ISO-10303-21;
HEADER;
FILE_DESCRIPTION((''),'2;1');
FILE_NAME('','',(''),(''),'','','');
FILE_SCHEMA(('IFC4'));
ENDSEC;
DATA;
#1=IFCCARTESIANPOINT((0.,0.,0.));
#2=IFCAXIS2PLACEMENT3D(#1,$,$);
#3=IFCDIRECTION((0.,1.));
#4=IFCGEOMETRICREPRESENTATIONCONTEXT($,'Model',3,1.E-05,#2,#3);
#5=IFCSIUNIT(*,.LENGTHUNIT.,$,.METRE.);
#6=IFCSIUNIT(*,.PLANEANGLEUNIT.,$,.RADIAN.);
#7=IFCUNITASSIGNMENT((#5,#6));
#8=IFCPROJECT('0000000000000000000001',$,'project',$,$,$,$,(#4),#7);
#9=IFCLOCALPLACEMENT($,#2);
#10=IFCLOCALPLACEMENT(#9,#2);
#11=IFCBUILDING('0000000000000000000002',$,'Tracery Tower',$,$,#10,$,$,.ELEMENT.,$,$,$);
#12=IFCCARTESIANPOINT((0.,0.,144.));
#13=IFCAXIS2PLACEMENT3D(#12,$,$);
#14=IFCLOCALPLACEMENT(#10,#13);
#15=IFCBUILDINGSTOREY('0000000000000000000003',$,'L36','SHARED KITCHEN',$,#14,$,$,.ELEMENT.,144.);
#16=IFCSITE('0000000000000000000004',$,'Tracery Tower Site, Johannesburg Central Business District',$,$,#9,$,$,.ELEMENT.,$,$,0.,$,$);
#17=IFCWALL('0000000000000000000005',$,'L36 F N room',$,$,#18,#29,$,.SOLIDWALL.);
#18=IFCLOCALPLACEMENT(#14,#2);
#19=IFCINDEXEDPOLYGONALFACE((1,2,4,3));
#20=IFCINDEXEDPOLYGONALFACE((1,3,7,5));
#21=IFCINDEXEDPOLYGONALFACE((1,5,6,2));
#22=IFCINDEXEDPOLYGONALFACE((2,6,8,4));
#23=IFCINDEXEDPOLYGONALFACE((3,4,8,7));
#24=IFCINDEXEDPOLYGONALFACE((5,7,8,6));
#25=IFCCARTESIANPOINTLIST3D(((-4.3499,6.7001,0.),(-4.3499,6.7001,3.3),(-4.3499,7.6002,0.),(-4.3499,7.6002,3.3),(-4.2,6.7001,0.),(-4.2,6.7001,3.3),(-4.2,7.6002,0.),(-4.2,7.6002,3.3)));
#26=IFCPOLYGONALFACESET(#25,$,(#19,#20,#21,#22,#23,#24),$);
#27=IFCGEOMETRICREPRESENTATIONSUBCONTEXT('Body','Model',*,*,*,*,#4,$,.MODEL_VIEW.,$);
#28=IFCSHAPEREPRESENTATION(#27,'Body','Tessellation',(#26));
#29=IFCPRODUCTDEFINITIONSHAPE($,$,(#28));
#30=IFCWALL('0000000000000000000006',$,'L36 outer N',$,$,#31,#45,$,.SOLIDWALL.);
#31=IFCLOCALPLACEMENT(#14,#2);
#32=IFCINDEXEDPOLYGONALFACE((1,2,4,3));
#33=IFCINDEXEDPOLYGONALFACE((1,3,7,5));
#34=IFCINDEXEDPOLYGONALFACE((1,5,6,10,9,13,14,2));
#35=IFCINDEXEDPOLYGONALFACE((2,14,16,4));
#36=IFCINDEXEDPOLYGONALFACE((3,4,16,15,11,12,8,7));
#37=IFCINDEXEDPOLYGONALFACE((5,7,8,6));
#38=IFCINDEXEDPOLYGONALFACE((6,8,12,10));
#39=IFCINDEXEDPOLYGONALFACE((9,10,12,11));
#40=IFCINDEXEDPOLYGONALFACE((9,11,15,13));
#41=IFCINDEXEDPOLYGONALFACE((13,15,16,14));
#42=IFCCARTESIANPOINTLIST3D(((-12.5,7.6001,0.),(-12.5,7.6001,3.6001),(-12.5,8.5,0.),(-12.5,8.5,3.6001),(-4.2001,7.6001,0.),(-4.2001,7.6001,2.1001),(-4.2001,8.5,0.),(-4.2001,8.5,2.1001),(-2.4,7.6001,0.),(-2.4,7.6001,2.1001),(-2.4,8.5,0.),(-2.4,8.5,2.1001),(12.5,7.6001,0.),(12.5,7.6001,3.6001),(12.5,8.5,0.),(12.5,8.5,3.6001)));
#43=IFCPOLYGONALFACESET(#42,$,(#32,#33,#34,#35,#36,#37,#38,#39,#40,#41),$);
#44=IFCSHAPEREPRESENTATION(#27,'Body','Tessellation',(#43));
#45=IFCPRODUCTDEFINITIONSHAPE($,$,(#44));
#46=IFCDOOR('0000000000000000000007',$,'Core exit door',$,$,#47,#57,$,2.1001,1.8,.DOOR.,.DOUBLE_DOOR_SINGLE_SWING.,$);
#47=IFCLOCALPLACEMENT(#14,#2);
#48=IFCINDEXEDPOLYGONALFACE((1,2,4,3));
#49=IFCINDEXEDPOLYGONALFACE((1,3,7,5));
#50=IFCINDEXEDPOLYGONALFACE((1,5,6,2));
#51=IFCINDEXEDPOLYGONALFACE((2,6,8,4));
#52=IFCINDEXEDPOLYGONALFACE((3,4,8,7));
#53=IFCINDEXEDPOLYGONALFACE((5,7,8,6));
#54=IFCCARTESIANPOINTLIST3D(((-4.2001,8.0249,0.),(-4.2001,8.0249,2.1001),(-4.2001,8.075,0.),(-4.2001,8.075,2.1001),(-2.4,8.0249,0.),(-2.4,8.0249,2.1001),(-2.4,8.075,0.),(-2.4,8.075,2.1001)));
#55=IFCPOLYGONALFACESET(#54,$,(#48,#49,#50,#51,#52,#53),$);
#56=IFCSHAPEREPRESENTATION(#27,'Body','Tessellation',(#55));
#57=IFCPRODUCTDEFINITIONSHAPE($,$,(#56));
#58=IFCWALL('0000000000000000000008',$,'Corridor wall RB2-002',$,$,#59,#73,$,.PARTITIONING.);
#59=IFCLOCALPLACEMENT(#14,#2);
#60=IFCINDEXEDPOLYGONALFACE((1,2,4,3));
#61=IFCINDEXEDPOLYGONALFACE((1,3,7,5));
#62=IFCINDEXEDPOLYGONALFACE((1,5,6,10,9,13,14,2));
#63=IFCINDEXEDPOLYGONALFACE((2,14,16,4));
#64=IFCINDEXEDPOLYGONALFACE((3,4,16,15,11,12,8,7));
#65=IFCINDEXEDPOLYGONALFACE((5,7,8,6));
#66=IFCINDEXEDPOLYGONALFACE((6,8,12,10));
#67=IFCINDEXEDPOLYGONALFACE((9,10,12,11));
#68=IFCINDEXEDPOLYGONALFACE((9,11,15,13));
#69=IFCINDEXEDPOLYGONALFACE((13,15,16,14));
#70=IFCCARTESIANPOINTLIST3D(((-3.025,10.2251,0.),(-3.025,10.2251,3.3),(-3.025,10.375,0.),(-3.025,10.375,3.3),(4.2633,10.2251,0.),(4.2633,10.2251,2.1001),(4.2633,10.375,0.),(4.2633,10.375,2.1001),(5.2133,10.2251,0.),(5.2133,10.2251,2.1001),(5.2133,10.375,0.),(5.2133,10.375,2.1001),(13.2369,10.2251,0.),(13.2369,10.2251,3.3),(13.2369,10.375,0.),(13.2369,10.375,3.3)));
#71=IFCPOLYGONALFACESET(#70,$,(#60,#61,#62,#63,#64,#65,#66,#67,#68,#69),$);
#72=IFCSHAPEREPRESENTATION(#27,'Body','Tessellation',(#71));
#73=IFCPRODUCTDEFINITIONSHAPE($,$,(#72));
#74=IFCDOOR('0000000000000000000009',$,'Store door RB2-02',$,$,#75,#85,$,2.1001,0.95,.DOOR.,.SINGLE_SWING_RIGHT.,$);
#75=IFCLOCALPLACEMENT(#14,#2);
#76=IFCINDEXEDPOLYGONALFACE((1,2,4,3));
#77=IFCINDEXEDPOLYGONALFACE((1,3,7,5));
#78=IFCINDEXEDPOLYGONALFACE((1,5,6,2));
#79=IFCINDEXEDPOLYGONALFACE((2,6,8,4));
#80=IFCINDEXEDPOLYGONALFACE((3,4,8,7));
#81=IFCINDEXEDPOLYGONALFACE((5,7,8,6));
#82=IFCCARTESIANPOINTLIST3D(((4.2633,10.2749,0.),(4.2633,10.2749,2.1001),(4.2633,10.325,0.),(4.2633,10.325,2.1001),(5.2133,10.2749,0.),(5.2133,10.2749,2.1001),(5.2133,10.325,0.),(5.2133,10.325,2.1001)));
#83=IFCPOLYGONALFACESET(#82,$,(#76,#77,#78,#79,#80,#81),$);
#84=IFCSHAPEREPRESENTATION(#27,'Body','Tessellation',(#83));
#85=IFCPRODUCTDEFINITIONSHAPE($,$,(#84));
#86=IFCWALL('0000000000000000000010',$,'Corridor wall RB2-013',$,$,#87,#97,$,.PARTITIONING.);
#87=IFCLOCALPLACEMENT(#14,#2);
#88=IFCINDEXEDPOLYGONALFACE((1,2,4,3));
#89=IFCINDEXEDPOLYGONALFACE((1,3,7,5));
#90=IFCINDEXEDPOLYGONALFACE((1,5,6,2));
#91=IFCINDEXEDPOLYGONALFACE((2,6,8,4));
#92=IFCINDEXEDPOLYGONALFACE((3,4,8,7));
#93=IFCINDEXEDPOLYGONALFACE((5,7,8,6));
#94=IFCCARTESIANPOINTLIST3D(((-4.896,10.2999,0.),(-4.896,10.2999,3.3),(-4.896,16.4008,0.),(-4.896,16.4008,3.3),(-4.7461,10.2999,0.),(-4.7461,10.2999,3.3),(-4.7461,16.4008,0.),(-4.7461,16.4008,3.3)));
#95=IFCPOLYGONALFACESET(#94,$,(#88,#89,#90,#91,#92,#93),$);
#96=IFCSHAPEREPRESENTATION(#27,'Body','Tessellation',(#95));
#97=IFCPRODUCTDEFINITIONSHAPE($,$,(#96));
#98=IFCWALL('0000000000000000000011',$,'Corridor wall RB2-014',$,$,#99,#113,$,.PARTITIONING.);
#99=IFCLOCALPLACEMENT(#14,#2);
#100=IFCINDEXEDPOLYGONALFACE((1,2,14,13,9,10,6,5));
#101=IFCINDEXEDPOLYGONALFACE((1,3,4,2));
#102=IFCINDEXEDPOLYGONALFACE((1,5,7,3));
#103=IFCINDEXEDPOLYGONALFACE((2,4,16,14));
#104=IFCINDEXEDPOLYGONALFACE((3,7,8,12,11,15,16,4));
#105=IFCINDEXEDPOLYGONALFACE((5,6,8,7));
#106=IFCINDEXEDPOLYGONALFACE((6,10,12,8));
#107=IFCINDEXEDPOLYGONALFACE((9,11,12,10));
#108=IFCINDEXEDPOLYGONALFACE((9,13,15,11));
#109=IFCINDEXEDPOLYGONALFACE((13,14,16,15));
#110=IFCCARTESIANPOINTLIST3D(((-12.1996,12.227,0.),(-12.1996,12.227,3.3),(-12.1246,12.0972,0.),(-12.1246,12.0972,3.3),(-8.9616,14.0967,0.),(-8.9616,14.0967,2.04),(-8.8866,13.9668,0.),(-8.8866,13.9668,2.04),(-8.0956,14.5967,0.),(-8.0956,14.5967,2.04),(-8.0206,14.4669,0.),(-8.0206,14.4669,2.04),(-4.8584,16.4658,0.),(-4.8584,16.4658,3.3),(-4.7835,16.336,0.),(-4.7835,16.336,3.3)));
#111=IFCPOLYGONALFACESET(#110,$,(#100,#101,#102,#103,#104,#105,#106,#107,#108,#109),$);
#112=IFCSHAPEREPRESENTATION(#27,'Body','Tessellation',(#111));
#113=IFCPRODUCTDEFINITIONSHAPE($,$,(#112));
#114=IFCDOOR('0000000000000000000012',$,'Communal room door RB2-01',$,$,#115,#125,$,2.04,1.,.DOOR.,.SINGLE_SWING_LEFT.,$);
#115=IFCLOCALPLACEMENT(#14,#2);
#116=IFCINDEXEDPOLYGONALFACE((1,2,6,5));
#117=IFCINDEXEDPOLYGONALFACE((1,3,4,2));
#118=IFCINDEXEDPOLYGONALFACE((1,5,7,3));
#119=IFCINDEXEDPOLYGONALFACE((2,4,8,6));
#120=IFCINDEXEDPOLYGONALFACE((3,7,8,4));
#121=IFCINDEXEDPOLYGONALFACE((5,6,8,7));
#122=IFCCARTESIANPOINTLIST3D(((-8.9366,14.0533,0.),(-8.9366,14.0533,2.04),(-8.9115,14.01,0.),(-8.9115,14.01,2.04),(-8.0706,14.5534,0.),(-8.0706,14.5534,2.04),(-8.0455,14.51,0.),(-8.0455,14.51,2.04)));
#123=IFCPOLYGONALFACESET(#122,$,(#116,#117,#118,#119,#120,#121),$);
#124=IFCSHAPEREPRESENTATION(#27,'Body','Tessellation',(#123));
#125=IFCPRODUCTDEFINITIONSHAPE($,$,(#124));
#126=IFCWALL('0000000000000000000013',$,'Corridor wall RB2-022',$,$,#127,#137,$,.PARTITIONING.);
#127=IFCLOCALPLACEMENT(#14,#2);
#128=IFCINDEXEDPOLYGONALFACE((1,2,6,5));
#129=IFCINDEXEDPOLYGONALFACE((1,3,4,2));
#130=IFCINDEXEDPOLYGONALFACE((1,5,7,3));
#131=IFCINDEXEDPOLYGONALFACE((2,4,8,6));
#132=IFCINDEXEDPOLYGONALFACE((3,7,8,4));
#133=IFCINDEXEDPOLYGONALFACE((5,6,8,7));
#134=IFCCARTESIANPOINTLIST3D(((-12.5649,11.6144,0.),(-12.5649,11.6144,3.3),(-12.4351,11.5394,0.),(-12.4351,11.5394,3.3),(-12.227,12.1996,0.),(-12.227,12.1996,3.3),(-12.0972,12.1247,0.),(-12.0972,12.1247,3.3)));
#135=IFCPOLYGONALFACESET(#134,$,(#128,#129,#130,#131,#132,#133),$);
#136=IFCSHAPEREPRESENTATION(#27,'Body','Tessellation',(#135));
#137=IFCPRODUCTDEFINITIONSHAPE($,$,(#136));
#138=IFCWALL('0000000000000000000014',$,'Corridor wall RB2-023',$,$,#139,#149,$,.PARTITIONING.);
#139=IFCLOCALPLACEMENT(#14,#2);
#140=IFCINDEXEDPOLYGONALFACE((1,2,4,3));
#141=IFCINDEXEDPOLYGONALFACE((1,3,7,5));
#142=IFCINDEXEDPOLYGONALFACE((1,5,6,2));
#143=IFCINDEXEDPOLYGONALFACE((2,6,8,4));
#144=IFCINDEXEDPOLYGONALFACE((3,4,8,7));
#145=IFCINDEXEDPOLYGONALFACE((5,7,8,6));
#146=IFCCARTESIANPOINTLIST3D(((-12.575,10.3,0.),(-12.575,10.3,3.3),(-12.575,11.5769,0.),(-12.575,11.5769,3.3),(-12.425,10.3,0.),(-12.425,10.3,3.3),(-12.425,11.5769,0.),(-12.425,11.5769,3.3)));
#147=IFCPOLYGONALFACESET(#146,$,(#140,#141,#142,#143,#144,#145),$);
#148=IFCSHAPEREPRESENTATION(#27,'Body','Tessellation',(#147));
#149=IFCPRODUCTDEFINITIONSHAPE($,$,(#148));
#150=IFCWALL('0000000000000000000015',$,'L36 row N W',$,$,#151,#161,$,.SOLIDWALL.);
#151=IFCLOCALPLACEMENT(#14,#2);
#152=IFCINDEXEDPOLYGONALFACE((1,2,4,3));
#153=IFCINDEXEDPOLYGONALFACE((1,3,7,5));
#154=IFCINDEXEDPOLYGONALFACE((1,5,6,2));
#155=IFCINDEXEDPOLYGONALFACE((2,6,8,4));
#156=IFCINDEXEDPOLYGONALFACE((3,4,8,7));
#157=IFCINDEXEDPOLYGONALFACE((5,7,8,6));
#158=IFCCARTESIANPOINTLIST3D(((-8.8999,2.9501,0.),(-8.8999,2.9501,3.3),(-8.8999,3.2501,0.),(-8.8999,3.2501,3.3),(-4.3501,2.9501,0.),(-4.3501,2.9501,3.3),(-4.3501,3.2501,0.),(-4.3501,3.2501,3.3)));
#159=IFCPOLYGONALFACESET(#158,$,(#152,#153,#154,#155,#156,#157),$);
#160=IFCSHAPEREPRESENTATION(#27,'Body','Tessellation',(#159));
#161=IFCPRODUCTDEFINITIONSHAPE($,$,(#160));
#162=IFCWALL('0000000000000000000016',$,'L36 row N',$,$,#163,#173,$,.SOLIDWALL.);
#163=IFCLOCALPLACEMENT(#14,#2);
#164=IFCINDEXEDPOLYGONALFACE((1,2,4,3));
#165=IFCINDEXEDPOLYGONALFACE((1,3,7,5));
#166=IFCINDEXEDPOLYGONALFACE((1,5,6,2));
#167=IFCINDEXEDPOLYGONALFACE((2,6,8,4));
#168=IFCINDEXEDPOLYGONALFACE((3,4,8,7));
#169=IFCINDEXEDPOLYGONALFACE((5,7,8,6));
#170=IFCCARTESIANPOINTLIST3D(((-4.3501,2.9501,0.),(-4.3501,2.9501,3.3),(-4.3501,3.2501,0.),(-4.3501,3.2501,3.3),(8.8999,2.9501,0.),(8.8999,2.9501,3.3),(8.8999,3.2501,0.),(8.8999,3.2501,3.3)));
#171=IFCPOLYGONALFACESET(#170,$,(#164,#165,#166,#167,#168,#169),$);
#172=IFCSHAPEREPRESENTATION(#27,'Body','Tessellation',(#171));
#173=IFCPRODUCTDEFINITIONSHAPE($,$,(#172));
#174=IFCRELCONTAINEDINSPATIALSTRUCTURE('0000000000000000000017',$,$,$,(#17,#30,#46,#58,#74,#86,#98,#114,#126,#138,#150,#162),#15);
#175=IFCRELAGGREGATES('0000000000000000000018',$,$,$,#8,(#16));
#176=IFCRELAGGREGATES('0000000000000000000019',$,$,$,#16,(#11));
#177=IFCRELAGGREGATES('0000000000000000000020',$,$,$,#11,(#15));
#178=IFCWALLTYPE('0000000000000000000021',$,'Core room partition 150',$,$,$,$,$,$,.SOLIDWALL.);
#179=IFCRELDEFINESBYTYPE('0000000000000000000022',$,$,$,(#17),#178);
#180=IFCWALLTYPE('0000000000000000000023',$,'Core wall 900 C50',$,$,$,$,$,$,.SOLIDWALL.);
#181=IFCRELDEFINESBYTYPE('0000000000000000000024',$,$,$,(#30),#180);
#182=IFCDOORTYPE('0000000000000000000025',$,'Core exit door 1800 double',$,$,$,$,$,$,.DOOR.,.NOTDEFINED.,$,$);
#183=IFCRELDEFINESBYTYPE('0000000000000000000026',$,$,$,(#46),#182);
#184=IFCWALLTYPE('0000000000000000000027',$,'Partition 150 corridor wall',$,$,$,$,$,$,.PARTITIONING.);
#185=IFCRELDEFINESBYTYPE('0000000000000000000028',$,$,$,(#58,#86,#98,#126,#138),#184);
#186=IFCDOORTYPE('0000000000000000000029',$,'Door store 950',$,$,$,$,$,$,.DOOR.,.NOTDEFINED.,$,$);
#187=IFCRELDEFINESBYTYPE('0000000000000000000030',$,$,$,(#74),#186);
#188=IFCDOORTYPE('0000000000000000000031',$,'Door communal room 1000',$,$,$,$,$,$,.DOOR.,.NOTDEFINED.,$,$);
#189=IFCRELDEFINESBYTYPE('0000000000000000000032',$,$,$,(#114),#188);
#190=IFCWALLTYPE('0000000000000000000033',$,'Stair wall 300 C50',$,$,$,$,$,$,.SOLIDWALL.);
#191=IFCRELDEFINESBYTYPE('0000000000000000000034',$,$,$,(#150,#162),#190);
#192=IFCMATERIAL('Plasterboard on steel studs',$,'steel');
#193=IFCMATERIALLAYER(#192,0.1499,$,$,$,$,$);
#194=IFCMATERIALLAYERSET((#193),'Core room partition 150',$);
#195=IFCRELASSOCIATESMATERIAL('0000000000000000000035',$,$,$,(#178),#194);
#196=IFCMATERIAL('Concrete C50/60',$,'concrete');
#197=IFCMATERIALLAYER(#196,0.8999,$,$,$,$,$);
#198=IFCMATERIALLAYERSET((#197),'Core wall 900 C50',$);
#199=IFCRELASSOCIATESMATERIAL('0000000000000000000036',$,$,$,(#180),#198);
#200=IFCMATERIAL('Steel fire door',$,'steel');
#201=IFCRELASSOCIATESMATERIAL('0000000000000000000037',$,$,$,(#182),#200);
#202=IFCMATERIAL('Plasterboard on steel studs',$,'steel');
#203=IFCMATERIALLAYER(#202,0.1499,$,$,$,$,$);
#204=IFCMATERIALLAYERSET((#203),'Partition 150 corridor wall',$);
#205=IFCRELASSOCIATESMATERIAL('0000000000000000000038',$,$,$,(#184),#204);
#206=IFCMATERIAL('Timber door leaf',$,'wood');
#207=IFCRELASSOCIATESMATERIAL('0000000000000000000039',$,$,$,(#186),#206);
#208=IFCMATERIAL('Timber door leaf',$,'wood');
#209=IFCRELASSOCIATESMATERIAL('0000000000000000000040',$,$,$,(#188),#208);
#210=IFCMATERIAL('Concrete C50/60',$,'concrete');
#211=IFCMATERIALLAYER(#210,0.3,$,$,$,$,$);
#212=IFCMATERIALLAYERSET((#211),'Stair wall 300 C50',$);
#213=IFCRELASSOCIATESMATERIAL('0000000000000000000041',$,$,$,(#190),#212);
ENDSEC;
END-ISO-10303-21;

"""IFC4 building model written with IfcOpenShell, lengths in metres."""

from ifc_helpers import new_model, si_unit, direction, frame, frame_2d, origin, place, context, subcontext, project, spatial, rectangle, extrude, material, layer, layer_set, type_object, element, fill, save


model = new_model("IFC4")

# Units and contexts
model_context = context("Model", 3, precision=1e-05, world=origin(), true_north=direction((0.0, 1.0)))
body_context = subcontext(model_context, "Body", "Model", "MODEL_VIEW")
ifc_project = project(units=[si_unit("LENGTHUNIT", "METRE"), si_unit("PLANEANGLEUNIT", "RADIAN")], contexts=[model_context])

# Site, building, storey
site_placement = place(None, origin())
site = spatial("IfcSite", under=ifc_project, at=site_placement, Name="Tracery Tower Site, Johannesburg Central Business District", CompositionType="ELEMENT", RefElevation=0.0)
building_placement = place(site_placement, origin())
building = spatial("IfcBuilding", under=site, at=building_placement, Name="Tracery Tower", CompositionType="ELEMENT")
storey_placement = place(building_placement, frame((0.0, 0.0, 144.0)))
storey = spatial("IfcBuildingStorey", under=building, at=storey_placement, Name="L36", Description="SHARED KITCHEN", CompositionType="ELEMENT", Elevation=144.0)

# Wall
ifc_material_1 = material(Name="Plasterboard on steel studs", Category="steel")
ifc_layer_1 = layer(ifc_material_1, 0.1499)
ifc_layer_set_1 = layer_set([ifc_layer_1], Name="Core room partition 150")
wall_type_1 = type_object("IfcWallType", Name="Core room partition 150", PredefinedType="SOLIDWALL", material=ifc_layer_set_1)
wall_1_placement = place(storey_placement, frame((-4.2749, 6.7, 0.0), z_axis=(0.0, 0.0, 1.0), x_axis=(0.0, 1.0, 0.0)))
element("IfcWall", 1, at=wall_1_placement, inside=storey, type_object=wall_type_1, Name="L36 F N room", PredefinedType="SOLIDWALL", context=body_context, shape_type="SweptSolid", body=[
    extrude(rectangle(XDim=0.9001, YDim=0.1499, at=frame_2d((0.4502, 0.0))), origin(), (0.0, 0.0, 1.0), 3.3),
])

# Walls, openings, doors
ifc_material_2 = material(Name="Concrete C50/60", Category="concrete")
ifc_layer_2 = layer(ifc_material_2, 0.8999)
ifc_layer_set_2 = layer_set([ifc_layer_2], Name="Core wall 900 C50")
wall_type_2 = type_object("IfcWallType", Name="Core wall 900 C50", PredefinedType="SOLIDWALL", material=ifc_layer_set_2)
wall_2_placement = place(storey_placement, frame((-12.5, 8.05, 0.0), z_axis=(0.0, 0.0, 1.0), x_axis=(1.0, 0.0, 0.0)))
wall_2 = element("IfcWall", 2, at=wall_2_placement, inside=storey, type_object=wall_type_2, Name="L36 outer N", PredefinedType="SOLIDWALL", context=body_context, shape_type="SweptSolid", body=[
    extrude(rectangle(XDim=25.0, YDim=0.8999, at=frame_2d((12.5, 0.0))), origin(), (0.0, 0.0, 1.0), 3.6001),
])
opening_1_placement = place(wall_2_placement, frame((8.3, 0.0, 0.0)))
opening_1 = element("IfcOpeningElement", 3, at=opening_1_placement, cuts=wall_2, PredefinedType="OPENING", context=body_context, shape_type="SweptSolid", body=[
    extrude(rectangle(XDim=1.8, YDim=2.1001, at=frame_2d((0.8999, 1.05))), frame((0.0, 0.45, 0.0), z_axis=(0.0, -1.0, 0.0), x_axis=(1.0, 0.0, 0.0)), (0.0, 0.0, 1.0), 0.8999),
])
ifc_material_3 = material(Name="Steel fire door", Category="steel")
door_type_1 = type_object("IfcDoorType", Name="Core exit door 1800 double", OperationType="NOTDEFINED", PredefinedType="DOOR", material=ifc_material_3)
door_1_placement = place(opening_1_placement, origin())
door_1 = element("IfcDoor", 4, at=door_1_placement, inside=storey, type_object=door_type_1, Name="Core exit door", OperationType="DOUBLE_DOOR_SINGLE_SWING", OverallHeight=2.1001, OverallWidth=1.8, PredefinedType="DOOR", context=body_context, shape_type="SweptSolid", body=[
    extrude(rectangle(XDim=1.8, YDim=2.1001, at=frame_2d((0.8999, 1.05))), frame((0.0, 0.0249, 0.0), z_axis=(0.0, -1.0, 0.0), x_axis=(1.0, 0.0, 0.0)), (0.0, 0.0, 1.0), 0.05),
])
fill(opening_1, door_1)
ifc_material_4 = material(Name="Plasterboard on steel studs", Category="steel")
ifc_layer_3 = layer(ifc_material_4, 0.1499)
ifc_layer_set_3 = layer_set([ifc_layer_3], Name="Partition 150 corridor wall")
wall_type_3 = type_object("IfcWallType", Name="Partition 150 corridor wall", PredefinedType="PARTITIONING", material=ifc_layer_set_3)
wall_3_placement = place(storey_placement, frame((-3.0249, 10.3, 0.0), z_axis=(0.0, 0.0, 1.0), x_axis=(1.0, 0.0, 0.0)))
wall_3 = element("IfcWall", 5, at=wall_3_placement, inside=storey, type_object=wall_type_3, Name="Corridor wall RB2-002", PredefinedType="PARTITIONING", context=body_context, shape_type="SweptSolid", body=[
    extrude(rectangle(XDim=16.262, YDim=0.1499, at=frame_2d((8.1309, 0.0))), origin(), (0.0, 0.0, 1.0), 3.3),
])
opening_2_placement = place(wall_3_placement, frame((7.2881, 0.0, 0.0)))
opening_2 = element("IfcOpeningElement", 6, at=opening_2_placement, cuts=wall_3, PredefinedType="OPENING", context=body_context, shape_type="SweptSolid", body=[
    extrude(rectangle(XDim=0.95, YDim=2.1001, at=frame_2d((0.4751, 1.05))), frame((0.0, 0.075, 0.0), z_axis=(0.0, -1.0, 0.0), x_axis=(1.0, 0.0, 0.0)), (0.0, 0.0, 1.0), 0.1499),
])
ifc_material_5 = material(Name="Timber door leaf", Category="wood")
door_type_2 = type_object("IfcDoorType", Name="Door store 950", OperationType="NOTDEFINED", PredefinedType="DOOR", material=ifc_material_5)
door_2_placement = place(opening_2_placement, origin())
door_2 = element("IfcDoor", 7, at=door_2_placement, inside=storey, type_object=door_type_2, Name="Store door RB2-02", OperationType="SINGLE_SWING_RIGHT", OverallHeight=2.1001, OverallWidth=0.95, PredefinedType="DOOR", context=body_context, shape_type="SweptSolid", body=[
    extrude(rectangle(XDim=0.95, YDim=2.1001, at=frame_2d((0.4751, 1.05))), frame((0.0, 0.0249, 0.0), z_axis=(0.0, -1.0, 0.0), x_axis=(1.0, 0.0, 0.0)), (0.0, 0.0, 1.0), 0.05),
])
fill(opening_2, door_2)

# Wall
wall_4_placement = place(storey_placement, frame((-4.821, 10.3, 0.0), z_axis=(0.0, 0.0, 1.0), x_axis=(0.0, 1.0, 0.0)))
element("IfcWall", 8, at=wall_4_placement, inside=storey, type_object=wall_type_3, Name="Corridor wall RB2-013", PredefinedType="PARTITIONING", context=body_context, shape_type="SweptSolid", body=[
    extrude(rectangle(XDim=6.1008, YDim=0.1499, at=frame_2d((3.0503, 0.0))), origin(), (0.0, 0.0, 1.0), 3.3),
])

# Wall, opening, door
wall_5_placement = place(storey_placement, frame((-12.1621, 12.1621, 0.0), z_axis=(0.0, 0.0, 1.0), x_axis=(0.866005, 0.500036, 0.0)))
wall_5 = element("IfcWall", 9, at=wall_5_placement, inside=storey, type_object=wall_type_3, Name="Corridor wall RB2-014", PredefinedType="PARTITIONING", context=body_context, shape_type="SweptSolid", body=[
    extrude(rectangle(XDim=8.4771, YDim=0.1499, at=frame_2d((4.2385, 0.0))), origin(), (0.0, 0.0, 1.0), 3.3),
])
opening_3_placement = place(wall_5_placement, frame((3.739, 0.0, 0.0)))
opening_3 = element("IfcOpeningElement", 10, at=opening_3_placement, cuts=wall_5, PredefinedType="OPENING", context=body_context, shape_type="SweptSolid", body=[
    extrude(rectangle(XDim=1.0, YDim=2.04, at=frame_2d((0.5, 1.02))), frame((0.0, 0.075, 0.0), z_axis=(0.0, -1.0, 0.0), x_axis=(1.0, 0.0, 0.0)), (0.0, 0.0, 1.0), 0.1499),
])
ifc_material_6 = material(Name="Timber door leaf", Category="wood")
door_type_3 = type_object("IfcDoorType", Name="Door communal room 1000", OperationType="NOTDEFINED", PredefinedType="DOOR", material=ifc_material_6)
door_3_placement = place(opening_3_placement, origin())
door_3 = element("IfcDoor", 11, at=door_3_placement, inside=storey, type_object=door_type_3, Name="Communal room door RB2-01", OperationType="SINGLE_SWING_LEFT", OverallHeight=2.04, OverallWidth=1.0, PredefinedType="DOOR", context=body_context, shape_type="SweptSolid", body=[
    extrude(rectangle(XDim=1.0, YDim=2.04, at=frame_2d((0.5, 1.02))), frame((0.0, 0.0249, 0.0), z_axis=(0.0, -1.0, 0.0), x_axis=(1.0, 0.0, 0.0)), (0.0, 0.0, 1.0), 0.05),
])
fill(opening_3, door_3)

# Walls
wall_6_placement = place(storey_placement, frame((-12.5, 11.5769, 0.0), z_axis=(0.0, 0.0, 1.0), x_axis=(0.500025, 0.866011, 0.0)))
element("IfcWall", 12, at=wall_6_placement, inside=storey, type_object=wall_type_3, Name="Corridor wall RB2-022", PredefinedType="PARTITIONING", context=body_context, shape_type="SweptSolid", body=[
    extrude(rectangle(XDim=0.6758, YDim=0.1499, at=frame_2d((0.3379, 0.0))), origin(), (0.0, 0.0, 1.0), 3.3),
])
wall_7_placement = place(storey_placement, frame((-12.5, 10.3, 0.0), z_axis=(0.0, 0.0, 1.0), x_axis=(0.0, 1.0, 0.0)))
element("IfcWall", 13, at=wall_7_placement, inside=storey, type_object=wall_type_3, Name="Corridor wall RB2-023", PredefinedType="PARTITIONING", context=body_context, shape_type="SweptSolid", body=[
    extrude(rectangle(XDim=1.2769, YDim=0.1499, at=frame_2d((0.6384, 0.0))), origin(), (0.0, 0.0, 1.0), 3.3),
])

# Walls
ifc_material_7 = material(Name="Concrete C50/60", Category="concrete")
ifc_layer_4 = layer(ifc_material_7, 0.3)
ifc_layer_set_4 = layer_set([ifc_layer_4], Name="Stair wall 300 C50")
wall_type_4 = type_object("IfcWallType", Name="Stair wall 300 C50", PredefinedType="SOLIDWALL", material=ifc_layer_set_4)
wall_8_placement = place(storey_placement, frame((-8.8999, 3.1001, 0.0), z_axis=(0.0, 0.0, 1.0), x_axis=(1.0, 0.0, 0.0)))
element("IfcWall", 14, at=wall_8_placement, inside=storey, type_object=wall_type_4, Name="L36 row N W", PredefinedType="SOLIDWALL", context=body_context, shape_type="SweptSolid", body=[
    extrude(rectangle(XDim=4.5498, YDim=0.3, at=frame_2d((2.2749, 0.0))), origin(), (0.0, 0.0, 1.0), 3.3),
])
wall_9_placement = place(storey_placement, frame((-4.3501, 3.1001, 0.0), z_axis=(0.0, 0.0, 1.0), x_axis=(1.0, 0.0, 0.0)))
element("IfcWall", 15, at=wall_9_placement, inside=storey, type_object=wall_type_4, Name="L36 row N", PredefinedType="SOLIDWALL", context=body_context, shape_type="SweptSolid", body=[
    extrude(rectangle(XDim=13.25, YDim=0.3, at=frame_2d((6.625, 0.0))), origin(), (0.0, 0.0, 1.0), 3.3),
])

save(model, "model.ifc")
